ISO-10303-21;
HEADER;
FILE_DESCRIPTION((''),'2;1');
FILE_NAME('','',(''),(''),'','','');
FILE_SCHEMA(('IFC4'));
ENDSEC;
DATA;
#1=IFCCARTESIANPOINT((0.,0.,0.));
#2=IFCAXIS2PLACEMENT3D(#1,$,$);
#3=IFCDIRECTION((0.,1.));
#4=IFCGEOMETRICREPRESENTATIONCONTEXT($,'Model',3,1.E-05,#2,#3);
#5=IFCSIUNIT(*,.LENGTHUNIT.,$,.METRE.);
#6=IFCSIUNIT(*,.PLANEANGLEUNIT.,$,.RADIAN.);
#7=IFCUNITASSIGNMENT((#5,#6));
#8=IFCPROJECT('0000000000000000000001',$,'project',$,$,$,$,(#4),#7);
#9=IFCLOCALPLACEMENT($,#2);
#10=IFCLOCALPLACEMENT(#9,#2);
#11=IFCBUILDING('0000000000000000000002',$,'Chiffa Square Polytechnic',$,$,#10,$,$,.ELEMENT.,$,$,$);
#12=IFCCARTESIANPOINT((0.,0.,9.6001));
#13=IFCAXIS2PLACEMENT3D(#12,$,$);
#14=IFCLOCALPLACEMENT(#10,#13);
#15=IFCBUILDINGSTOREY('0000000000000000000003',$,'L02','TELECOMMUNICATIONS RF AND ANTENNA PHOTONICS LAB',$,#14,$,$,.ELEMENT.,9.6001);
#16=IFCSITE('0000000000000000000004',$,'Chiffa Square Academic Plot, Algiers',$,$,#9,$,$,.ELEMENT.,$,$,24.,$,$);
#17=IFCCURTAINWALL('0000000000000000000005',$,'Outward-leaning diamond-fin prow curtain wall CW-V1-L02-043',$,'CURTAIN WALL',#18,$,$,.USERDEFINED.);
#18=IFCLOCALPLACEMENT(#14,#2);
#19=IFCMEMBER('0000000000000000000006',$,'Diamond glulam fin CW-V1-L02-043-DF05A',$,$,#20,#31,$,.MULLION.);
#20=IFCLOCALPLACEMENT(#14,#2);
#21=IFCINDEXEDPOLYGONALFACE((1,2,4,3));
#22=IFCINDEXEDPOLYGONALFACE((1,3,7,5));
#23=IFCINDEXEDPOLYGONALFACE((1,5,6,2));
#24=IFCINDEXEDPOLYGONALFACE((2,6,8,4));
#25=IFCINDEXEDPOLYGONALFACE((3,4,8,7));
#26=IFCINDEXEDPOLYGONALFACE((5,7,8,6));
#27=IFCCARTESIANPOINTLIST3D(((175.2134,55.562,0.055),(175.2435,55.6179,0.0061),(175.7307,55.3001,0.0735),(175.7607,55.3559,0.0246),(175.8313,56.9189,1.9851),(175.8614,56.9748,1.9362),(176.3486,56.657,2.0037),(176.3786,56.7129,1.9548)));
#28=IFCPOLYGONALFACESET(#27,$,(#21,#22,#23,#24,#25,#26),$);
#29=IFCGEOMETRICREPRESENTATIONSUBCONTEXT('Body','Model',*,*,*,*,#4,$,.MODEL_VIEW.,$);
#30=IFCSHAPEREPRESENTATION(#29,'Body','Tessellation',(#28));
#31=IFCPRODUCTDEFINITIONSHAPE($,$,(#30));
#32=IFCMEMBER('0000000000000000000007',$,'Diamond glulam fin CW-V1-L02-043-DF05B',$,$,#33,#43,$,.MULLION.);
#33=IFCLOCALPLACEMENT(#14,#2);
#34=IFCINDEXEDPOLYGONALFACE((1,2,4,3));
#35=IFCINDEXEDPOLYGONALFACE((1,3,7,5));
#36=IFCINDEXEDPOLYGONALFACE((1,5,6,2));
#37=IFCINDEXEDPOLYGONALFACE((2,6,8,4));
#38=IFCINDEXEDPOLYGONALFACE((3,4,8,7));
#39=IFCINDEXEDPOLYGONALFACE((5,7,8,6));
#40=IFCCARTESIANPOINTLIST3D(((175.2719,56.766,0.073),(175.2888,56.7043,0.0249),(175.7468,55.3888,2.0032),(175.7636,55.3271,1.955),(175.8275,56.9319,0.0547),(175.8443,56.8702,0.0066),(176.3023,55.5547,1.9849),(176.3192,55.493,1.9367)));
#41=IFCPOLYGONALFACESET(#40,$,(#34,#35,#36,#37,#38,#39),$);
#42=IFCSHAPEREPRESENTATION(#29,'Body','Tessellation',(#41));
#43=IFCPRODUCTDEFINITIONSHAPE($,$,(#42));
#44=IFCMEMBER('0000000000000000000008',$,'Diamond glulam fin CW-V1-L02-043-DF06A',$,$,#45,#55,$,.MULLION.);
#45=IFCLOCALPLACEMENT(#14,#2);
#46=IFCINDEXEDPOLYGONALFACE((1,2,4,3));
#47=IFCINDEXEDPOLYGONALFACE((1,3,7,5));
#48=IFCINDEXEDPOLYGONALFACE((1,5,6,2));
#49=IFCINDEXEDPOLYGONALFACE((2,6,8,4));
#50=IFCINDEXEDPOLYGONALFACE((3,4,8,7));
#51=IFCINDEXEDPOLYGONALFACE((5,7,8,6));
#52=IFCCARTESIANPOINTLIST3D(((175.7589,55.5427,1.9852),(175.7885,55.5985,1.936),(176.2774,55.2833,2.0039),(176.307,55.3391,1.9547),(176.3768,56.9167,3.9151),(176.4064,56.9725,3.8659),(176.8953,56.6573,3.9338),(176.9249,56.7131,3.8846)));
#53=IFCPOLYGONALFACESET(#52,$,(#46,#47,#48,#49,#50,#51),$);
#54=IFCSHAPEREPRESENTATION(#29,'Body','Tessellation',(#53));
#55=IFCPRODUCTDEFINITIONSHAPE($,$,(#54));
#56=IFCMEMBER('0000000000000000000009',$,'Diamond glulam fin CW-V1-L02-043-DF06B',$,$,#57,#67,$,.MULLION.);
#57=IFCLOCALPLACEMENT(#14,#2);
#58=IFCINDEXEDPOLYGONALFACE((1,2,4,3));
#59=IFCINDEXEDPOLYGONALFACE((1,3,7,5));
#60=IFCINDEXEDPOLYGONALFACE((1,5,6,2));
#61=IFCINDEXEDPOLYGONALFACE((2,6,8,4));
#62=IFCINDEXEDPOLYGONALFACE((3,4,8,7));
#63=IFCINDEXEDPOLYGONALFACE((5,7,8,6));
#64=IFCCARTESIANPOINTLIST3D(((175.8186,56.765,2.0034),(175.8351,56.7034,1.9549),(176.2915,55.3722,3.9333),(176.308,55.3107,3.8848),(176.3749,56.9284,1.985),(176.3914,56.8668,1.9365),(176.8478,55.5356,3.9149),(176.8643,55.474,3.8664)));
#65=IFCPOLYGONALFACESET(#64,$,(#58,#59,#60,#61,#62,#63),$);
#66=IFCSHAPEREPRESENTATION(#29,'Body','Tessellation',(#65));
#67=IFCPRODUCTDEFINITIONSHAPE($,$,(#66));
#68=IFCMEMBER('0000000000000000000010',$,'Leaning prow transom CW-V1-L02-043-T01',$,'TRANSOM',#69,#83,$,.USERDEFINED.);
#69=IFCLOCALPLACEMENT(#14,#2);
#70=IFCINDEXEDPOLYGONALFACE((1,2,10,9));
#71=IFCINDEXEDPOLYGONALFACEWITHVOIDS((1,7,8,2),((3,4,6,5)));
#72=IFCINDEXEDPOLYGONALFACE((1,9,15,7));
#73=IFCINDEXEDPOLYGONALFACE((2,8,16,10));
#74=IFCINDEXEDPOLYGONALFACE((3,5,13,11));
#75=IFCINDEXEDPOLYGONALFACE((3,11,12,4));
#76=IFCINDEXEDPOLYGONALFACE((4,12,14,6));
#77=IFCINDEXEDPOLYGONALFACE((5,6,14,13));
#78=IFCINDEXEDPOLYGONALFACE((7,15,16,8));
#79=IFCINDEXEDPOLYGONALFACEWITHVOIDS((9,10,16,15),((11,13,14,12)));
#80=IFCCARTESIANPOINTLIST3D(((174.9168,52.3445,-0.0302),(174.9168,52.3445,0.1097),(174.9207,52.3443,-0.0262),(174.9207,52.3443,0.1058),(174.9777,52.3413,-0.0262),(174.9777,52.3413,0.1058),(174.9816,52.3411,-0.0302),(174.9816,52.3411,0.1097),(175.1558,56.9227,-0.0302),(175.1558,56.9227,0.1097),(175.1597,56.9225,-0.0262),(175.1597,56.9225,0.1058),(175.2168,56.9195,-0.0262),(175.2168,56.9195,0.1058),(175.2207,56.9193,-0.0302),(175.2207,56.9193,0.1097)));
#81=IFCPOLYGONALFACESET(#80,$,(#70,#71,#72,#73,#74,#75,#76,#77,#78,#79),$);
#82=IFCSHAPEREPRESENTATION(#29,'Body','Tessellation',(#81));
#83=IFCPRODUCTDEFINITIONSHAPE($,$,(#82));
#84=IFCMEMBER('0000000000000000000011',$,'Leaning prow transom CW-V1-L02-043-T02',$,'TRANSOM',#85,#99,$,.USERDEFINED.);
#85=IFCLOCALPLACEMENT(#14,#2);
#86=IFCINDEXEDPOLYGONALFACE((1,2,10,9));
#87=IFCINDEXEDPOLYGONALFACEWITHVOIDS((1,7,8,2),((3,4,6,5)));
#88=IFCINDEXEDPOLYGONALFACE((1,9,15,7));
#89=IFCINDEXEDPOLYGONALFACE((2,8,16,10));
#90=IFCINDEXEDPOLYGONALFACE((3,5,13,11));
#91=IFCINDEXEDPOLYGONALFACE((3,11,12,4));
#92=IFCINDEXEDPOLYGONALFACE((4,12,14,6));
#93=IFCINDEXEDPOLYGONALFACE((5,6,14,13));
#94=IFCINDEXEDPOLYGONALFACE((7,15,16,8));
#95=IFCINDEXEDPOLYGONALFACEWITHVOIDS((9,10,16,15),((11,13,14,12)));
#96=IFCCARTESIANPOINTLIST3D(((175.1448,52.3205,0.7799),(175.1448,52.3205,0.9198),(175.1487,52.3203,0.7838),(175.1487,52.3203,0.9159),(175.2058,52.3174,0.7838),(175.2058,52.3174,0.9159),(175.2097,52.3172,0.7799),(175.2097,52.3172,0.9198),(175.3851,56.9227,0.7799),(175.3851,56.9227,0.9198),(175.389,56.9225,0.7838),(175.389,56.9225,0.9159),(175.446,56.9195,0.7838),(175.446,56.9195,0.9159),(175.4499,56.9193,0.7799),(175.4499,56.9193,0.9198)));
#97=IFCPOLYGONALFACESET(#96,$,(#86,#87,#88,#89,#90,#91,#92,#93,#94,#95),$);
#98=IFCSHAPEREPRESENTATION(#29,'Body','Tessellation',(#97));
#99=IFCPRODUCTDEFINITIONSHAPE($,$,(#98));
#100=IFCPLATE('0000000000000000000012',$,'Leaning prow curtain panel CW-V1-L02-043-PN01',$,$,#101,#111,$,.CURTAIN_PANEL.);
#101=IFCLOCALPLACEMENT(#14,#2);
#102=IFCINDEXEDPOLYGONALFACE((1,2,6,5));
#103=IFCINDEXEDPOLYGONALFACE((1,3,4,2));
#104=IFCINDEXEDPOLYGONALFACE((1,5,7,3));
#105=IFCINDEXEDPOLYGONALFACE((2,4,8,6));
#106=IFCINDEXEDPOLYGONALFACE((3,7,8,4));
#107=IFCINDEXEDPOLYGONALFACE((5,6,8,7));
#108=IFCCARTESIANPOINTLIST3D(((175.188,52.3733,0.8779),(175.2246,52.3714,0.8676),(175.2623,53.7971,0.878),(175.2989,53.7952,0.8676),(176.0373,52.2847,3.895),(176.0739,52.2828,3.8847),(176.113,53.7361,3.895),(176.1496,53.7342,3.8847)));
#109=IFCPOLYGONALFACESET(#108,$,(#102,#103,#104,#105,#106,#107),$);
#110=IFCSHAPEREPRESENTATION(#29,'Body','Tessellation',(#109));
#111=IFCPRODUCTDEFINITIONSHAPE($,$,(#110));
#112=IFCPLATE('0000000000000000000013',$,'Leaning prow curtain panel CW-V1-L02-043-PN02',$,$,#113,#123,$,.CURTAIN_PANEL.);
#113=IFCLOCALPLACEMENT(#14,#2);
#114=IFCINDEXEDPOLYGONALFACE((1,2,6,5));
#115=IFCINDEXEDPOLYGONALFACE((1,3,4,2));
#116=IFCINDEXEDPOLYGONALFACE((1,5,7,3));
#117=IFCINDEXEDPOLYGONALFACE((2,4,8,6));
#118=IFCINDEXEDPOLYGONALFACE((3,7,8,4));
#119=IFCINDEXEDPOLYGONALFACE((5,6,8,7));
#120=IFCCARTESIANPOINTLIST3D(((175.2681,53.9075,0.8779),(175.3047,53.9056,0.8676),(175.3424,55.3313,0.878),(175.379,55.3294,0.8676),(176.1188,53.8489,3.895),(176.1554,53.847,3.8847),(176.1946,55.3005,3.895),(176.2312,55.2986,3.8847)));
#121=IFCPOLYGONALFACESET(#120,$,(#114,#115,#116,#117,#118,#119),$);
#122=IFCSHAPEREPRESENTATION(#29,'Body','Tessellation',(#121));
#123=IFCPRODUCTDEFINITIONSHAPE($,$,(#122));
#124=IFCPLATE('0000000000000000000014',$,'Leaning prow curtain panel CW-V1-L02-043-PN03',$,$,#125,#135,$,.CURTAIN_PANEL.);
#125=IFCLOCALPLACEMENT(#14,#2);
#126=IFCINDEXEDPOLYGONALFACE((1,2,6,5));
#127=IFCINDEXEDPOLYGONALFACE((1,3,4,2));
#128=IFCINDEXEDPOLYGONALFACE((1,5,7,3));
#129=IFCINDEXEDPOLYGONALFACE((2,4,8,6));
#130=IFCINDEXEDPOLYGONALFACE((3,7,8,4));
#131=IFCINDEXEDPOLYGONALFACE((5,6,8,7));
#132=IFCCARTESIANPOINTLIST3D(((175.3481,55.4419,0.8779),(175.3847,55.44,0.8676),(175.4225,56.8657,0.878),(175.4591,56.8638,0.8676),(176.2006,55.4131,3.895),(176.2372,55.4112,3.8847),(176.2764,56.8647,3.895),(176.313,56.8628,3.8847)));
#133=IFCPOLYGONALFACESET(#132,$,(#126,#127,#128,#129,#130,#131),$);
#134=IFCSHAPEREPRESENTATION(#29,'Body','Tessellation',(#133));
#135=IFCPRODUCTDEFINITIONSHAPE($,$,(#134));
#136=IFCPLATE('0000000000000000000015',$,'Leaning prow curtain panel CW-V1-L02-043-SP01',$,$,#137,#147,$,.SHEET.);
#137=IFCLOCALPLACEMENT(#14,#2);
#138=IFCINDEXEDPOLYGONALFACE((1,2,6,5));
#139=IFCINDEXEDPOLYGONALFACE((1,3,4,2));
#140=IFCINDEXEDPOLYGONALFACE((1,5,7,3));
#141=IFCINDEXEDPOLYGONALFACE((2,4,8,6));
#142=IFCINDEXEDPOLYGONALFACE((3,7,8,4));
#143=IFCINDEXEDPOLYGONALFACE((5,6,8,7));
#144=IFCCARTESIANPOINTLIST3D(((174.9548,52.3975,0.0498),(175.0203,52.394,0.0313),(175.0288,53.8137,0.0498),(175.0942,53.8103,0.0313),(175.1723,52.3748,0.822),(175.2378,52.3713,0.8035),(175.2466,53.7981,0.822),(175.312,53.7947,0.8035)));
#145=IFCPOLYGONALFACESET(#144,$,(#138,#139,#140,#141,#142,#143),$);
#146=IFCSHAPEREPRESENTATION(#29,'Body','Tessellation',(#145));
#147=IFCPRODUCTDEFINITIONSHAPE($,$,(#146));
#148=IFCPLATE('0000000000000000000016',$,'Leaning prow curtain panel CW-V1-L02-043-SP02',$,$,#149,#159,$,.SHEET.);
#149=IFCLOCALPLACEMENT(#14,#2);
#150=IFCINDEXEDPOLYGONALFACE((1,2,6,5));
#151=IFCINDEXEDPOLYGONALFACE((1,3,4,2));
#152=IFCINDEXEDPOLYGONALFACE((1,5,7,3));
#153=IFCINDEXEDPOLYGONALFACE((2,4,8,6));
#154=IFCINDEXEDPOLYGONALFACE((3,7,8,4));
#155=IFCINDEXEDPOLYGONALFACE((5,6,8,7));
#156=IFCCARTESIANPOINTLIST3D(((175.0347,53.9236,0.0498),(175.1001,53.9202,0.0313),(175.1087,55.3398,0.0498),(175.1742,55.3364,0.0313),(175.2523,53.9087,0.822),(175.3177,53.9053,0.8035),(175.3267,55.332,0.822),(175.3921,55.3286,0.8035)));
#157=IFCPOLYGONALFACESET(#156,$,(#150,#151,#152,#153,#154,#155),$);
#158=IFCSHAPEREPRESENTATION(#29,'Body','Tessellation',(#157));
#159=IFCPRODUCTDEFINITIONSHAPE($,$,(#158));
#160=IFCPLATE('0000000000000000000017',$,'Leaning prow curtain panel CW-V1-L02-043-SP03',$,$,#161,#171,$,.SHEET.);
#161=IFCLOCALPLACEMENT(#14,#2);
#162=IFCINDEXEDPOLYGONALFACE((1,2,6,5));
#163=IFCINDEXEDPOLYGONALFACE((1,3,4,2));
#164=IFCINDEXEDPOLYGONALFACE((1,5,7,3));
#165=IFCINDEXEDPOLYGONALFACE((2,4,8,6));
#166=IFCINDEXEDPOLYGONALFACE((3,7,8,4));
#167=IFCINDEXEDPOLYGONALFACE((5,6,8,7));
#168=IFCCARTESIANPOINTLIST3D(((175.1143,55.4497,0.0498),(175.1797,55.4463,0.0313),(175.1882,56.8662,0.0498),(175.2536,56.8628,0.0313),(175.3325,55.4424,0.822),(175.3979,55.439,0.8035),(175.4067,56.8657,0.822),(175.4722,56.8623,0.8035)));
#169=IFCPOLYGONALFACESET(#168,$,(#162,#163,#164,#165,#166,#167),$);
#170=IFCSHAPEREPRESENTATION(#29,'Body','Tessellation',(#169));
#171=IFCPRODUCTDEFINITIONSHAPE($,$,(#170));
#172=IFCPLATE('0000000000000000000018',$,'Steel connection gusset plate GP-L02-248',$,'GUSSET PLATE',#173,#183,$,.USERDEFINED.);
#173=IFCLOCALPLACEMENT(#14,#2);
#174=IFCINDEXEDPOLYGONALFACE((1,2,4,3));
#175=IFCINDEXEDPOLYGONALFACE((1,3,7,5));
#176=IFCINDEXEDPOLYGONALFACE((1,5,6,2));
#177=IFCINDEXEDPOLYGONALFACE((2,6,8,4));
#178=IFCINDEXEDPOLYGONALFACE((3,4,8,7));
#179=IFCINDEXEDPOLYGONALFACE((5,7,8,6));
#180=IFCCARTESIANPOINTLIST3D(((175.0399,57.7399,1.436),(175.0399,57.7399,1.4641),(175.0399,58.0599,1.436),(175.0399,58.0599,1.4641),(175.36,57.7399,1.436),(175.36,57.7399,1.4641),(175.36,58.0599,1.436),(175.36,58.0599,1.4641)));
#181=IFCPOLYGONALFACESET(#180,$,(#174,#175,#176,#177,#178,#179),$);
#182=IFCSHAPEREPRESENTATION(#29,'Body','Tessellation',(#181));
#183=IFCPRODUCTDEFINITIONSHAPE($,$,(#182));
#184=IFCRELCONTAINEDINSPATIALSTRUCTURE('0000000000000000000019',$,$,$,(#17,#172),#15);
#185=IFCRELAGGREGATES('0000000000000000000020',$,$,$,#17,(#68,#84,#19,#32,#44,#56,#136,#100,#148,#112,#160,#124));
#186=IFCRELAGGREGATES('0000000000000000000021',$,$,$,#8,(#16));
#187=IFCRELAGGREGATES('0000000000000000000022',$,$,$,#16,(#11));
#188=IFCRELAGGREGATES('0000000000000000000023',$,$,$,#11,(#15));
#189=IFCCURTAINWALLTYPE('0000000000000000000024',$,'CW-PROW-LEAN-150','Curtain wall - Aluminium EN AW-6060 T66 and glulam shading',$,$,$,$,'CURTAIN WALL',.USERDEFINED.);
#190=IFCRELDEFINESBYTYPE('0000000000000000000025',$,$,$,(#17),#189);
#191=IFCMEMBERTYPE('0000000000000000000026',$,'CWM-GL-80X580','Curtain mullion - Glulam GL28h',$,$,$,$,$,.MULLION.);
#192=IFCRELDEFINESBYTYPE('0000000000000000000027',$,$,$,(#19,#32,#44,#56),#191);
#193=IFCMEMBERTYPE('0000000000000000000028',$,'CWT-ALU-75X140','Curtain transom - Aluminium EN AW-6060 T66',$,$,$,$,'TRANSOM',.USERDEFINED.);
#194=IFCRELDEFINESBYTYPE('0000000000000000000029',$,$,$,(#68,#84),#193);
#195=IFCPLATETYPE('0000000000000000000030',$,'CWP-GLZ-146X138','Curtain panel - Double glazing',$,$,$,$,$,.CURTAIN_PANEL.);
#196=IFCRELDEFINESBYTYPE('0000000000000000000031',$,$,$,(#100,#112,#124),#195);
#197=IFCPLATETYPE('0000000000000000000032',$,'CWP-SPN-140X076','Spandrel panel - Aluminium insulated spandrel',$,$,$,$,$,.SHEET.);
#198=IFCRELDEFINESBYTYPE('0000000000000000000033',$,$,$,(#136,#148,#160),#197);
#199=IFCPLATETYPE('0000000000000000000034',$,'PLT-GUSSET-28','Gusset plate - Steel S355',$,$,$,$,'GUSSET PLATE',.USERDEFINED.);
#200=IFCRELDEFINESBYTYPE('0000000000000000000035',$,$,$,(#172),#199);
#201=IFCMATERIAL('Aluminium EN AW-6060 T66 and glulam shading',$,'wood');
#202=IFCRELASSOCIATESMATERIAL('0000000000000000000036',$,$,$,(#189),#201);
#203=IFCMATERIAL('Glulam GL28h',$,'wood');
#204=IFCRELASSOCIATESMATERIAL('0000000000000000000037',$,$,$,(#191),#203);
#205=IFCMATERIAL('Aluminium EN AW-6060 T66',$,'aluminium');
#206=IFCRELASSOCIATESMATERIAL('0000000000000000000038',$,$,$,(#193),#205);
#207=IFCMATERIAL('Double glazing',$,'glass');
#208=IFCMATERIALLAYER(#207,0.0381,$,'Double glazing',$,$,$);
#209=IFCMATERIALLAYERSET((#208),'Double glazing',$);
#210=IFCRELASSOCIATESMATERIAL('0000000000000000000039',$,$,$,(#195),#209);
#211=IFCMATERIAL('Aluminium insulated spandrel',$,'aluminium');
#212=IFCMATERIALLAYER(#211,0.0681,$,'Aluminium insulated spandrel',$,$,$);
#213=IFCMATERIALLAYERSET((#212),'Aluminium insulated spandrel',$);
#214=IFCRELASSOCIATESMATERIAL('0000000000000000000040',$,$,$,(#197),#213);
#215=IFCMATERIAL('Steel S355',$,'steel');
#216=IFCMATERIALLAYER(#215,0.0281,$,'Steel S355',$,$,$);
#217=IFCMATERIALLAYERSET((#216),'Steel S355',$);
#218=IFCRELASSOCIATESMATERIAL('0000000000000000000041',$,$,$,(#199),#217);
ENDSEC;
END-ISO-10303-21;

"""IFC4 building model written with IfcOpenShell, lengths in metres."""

from ifc_helpers import new_model, si_unit, direction, frame, origin, origin_2d, place, context, subcontext, project, spatial, polyline, rectangle, hollow_rectangle, outline, extrude, material, layer, layer_set, material_profile, profile_set, type_object, element, aggregate, save


model = new_model("IFC4")

# Units and contexts
model_context = context("Model", 3, precision=1e-05, world=origin(), true_north=direction((0.0, 1.0)))
body_context = subcontext(model_context, "Body", "Model", "MODEL_VIEW")
ifc_project = project(units=[si_unit("LENGTHUNIT", "METRE"), si_unit("PLANEANGLEUNIT", "RADIAN")], contexts=[model_context])

# Site, building, storey
site_placement = place(None, origin())
site = spatial("IfcSite", under=ifc_project, at=site_placement, Name="Chiffa Square Academic Plot, Algiers", CompositionType="ELEMENT", RefElevation=24.0)
building_placement = place(site_placement, origin())
building = spatial("IfcBuilding", under=site, at=building_placement, Name="Chiffa Square Polytechnic", CompositionType="ELEMENT")
storey_placement = place(building_placement, frame((0.0, 0.0, 9.6001)))
storey = spatial("IfcBuildingStorey", under=building, at=storey_placement, Name="L02", Description="TELECOMMUNICATIONS RF AND ANTENNA PHOTONICS LAB", CompositionType="ELEMENT", Elevation=9.6001)

# Curtain wall, members, plates
ifc_material_1 = material(Name="Aluminium EN AW-6060 T66 and glulam shading", Category="wood")
curtain_wall_type = type_object("IfcCurtainWallType", Name="CW-PROW-LEAN-150", Description="Curtain wall - Aluminium EN AW-6060 T66 and glulam shading", ElementType="CURTAIN WALL", PredefinedType="USERDEFINED", material=ifc_material_1)
curtain_wall_placement = place(storey_placement, origin())
curtain_wall = element("IfcCurtainWall", 1, at=curtain_wall_placement, inside=storey, type_object=curtain_wall_type, Name="Outward-leaning diamond-fin prow curtain wall CW-V1-L02-043", ObjectType="CURTAIN WALL", PredefinedType="USERDEFINED")
ifc_material_2 = material(Name="Aluminium EN AW-6060 T66", Category="aluminium")
ifc_material_3 = material(Name="Glulam GL28h", Category="wood")
ifc_material_profile_1 = material_profile(ifc_material_3, rectangle(XDim=0.0801, YDim=0.5801, at=origin_2d()), Name="GL28h 80x580")
ifc_profile_set_1 = profile_set([ifc_material_profile_1], Name="Glulam GL28h")
member_type_1 = type_object("IfcMemberType", Name="CWM-GL-80X580", Description="Curtain mullion - Glulam GL28h", PredefinedType="MULLION", material=ifc_profile_set_1)
member_1_placement = place(storey_placement, frame((175.4871, 55.459, 0.0398), z_axis=(0.253351, 0.556351, 0.791383), x_axis=(-0.375155, -0.697546, 0.610483)))
member_1 = element("IfcMember", 2, at=member_1_placement, type_object=member_type_1, Name="Diamond glulam fin CW-V1-L02-043-DF05A", PredefinedType="MULLION", context=body_context, shape_type="SweptSolid", body=[
    extrude(rectangle(XDim=0.0801, YDim=0.5801, at=origin_2d()), origin(), (0.0, 0.0, 1.0), 2.439),
])
member_2_placement = place(storey_placement, frame((175.5581, 56.8181, 0.0398), z_axis=(0.196366, -0.569511, 0.798184), x_axis=(-0.210346, 0.770614, 0.601588)))
member_2 = element("IfcMember", 3, at=member_2_placement, type_object=member_type_1, Name="Diamond glulam fin CW-V1-L02-043-DF05B", PredefinedType="MULLION", context=body_context, shape_type="SweptSolid", body=[
    extrude(rectangle(XDim=0.0801, YDim=0.5801, at=origin_2d()), origin(), (0.0, 0.0, 1.0), 2.4182),
])
member_3_placement = place(storey_placement, frame((176.033, 55.4409, 1.97), z_axis=(0.252383, 0.561205, 0.788259), x_axis=(-0.370592, -0.696456, 0.6145)))
member_3 = element("IfcMember", 4, at=member_3_placement, type_object=member_type_1, Name="Diamond glulam fin CW-V1-L02-043-DF06A", PredefinedType="MULLION", context=body_context, shape_type="SweptSolid", body=[
    extrude(rectangle(XDim=0.0801, YDim=0.5801, at=origin_2d()), origin(), (0.0, 0.0, 1.0), 2.4482),
])
member_4_placement = place(storey_placement, frame((176.105, 56.8159, 1.97), z_axis=(0.194885, -0.573989, 0.795334), x_axis=(-0.205793, 0.768903, 0.60534)))
member_4 = element("IfcMember", 5, at=member_4_placement, type_object=member_type_1, Name="Diamond glulam fin CW-V1-L02-043-DF06B", PredefinedType="MULLION", context=body_context, shape_type="SweptSolid", body=[
    extrude(rectangle(XDim=0.0801, YDim=0.5801, at=origin_2d()), origin(), (0.0, 0.0, 1.0), 2.4265),
])
ifc_material_profile_2 = material_profile(ifc_material_2, hollow_rectangle(XDim=0.0649, YDim=0.1399, WallThickness=0.0039, at=origin_2d()), Name="ALU 65x140x4")
ifc_profile_set_2 = profile_set([ifc_material_profile_2], Name="Aluminium EN AW-6060 T66")
member_type_2 = type_object("IfcMemberType", Name="CWT-ALU-75X140", Description="Curtain transom - Aluminium EN AW-6060 T66", ElementType="TRANSOM", PredefinedType="USERDEFINED", material=ifc_profile_set_2)
member_5_placement = place(storey_placement, frame((174.9492, 52.3428, 0.0398), z_axis=(0.052137, 0.99864, 0.0), x_axis=(-0.99864, 0.052137, 0.0)))
member_5 = element("IfcMember", 6, at=member_5_placement, type_object=member_type_2, Name="Leaning prow transom CW-V1-L02-043-T01", ObjectType="TRANSOM", PredefinedType="USERDEFINED", context=body_context, shape_type="SweptSolid", body=[
    extrude(hollow_rectangle(XDim=0.0649, YDim=0.1399, WallThickness=0.0039, at=origin_2d()), origin(), (0.0, 0.0, 1.0), 4.5845),
])
member_6_placement = place(storey_placement, frame((175.1772, 52.3188, 0.8499), z_axis=(0.052131, 0.99864, 0.0), x_axis=(-0.99864, 0.052131, 0.0)))
member_6 = element("IfcMember", 7, at=member_6_placement, type_object=member_type_2, Name="Leaning prow transom CW-V1-L02-043-T02", ObjectType="TRANSOM", PredefinedType="USERDEFINED", context=body_context, shape_type="SweptSolid", body=[
    extrude(hollow_rectangle(XDim=0.0649, YDim=0.1399, WallThickness=0.0039, at=origin_2d()), origin(), (0.0, 0.0, 1.0), 4.6084),
])
ifc_material_4 = material(Name="Double glazing", Category="glass")
ifc_layer_1 = layer(ifc_material_4, 0.0381, Name="Double glazing")
ifc_layer_set_1 = layer_set([ifc_layer_1], Name="Double glazing")
plate_type_1 = type_object("IfcPlateType", Name="CWP-GLZ-146X138", Description="Curtain panel - Double glazing", PredefinedType="CURTAIN_PANEL", material=ifc_layer_set_1)
plate_1_placement = place(storey_placement, frame((175.188, 52.3733, 0.8779), z_axis=(-0.960995, 0.050184, 0.271976), x_axis=(0.052155, 0.998639, 0.00002)))
plate_1 = element("IfcPlate", 8, at=plate_1_placement, type_object=plate_type_1, Name="Leaning prow curtain panel CW-V1-L02-043-PN01", PredefinedType="CURTAIN_PANEL", context=body_context, shape_type="SweptSolid", body=[
    extrude(outline(polyline([(0.0, 0.0), (1.4258, 0.0), (1.4092, -3.1352), (-0.0441, -3.1353), (0.0, 0.0)])), origin(), (0.0, 0.0, -1.0), 0.0381),
])
plate_2_placement = place(storey_placement, frame((175.2681, 53.9075, 0.8779), z_axis=(-0.961004, 0.05018, 0.271944), x_axis=(0.052151, 0.998639, 0.000021)))
plate_2 = element("IfcPlate", 9, at=plate_2_placement, type_object=plate_type_1, Name="Leaning prow curtain panel CW-V1-L02-043-PN02", PredefinedType="CURTAIN_PANEL", context=body_context, shape_type="SweptSolid", body=[
    extrude(outline(polyline([(0.0, 0.0), (1.4258, 0.0), (1.4396, -3.1352), (-0.0141, -3.1353), (0.0, 0.0)])), origin(), (0.0, 0.0, -1.0), 0.0381),
])
plate_3_placement = place(storey_placement, frame((175.3481, 55.4419, 0.8779), z_axis=(-0.960991, 0.050179, 0.271989), x_axis=(0.052151, 0.998639, 0.000021)))
plate_3 = element("IfcPlate", 10, at=plate_3_placement, type_object=plate_type_1, Name="Leaning prow curtain panel CW-V1-L02-043-PN03", PredefinedType="CURTAIN_PANEL", context=body_context, shape_type="SweptSolid", body=[
    extrude(outline(polyline([(0.0, 0.0), (1.4258, 0.0), (1.4694, -3.1353), (0.0158, -3.1353), (0.0, 0.0)])), origin(), (0.0, 0.0, -1.0), 0.0381),
])
ifc_material_5 = material(Name="Aluminium insulated spandrel", Category="aluminium")
ifc_layer_2 = layer(ifc_material_5, 0.0681, Name="Aluminium insulated spandrel")
ifc_layer_set_2 = layer_set([ifc_layer_2], Name="Aluminium insulated spandrel")
plate_type_2 = type_object("IfcPlateType", Name="CWP-SPN-140X076", Description="Spandrel panel - Aluminium insulated spandrel", PredefinedType="SHEET", material=ifc_layer_set_2)
plate_4_placement = place(storey_placement, frame((174.9548, 52.3975, 0.0498), z_axis=(-0.960963, 0.050151, 0.272095), x_axis=(0.05212, 0.998641, 0.000012)))
plate_4 = element("IfcPlate", 11, at=plate_4_placement, type_object=plate_type_2, Name="Leaning prow curtain panel CW-V1-L02-043-SP01", PredefinedType="SHEET", context=body_context, shape_type="SweptSolid", body=[
    extrude(outline(polyline([(0.0, 0.0), (1.4182, 0.0), (1.4139, -0.8025), (-0.0113, -0.8025), (0.0, 0.0)])), origin(), (0.0, 0.0, -1.0), 0.0681),
])
plate_5_placement = place(storey_placement, frame((175.0347, 53.9236, 0.0498), z_axis=(-0.961051, 0.050238, 0.271765), x_axis=(0.0522, 0.998637, -0.000011)))
plate_5 = element("IfcPlate", 12, at=plate_5_placement, type_object=plate_type_2, Name="Leaning prow curtain panel CW-V1-L02-043-SP02", PredefinedType="SHEET", context=body_context, shape_type="SweptSolid", body=[
    extrude(outline(polyline([(0.0, 0.0), (1.4182, 0.0), (1.4218, -0.8024), (-0.0035, -0.8024), (0.0, 0.0)])), origin(), (0.0, 0.0, -1.0), 0.0681),
])
plate_6_placement = place(storey_placement, frame((175.1143, 55.4497, 0.0498), z_axis=(-0.960984, 0.050148, 0.272021), x_axis=(0.052116, 0.998641, 0.00001)))
plate_6 = element("IfcPlate", 13, at=plate_6_placement, type_object=plate_type_2, Name="Leaning prow curtain panel CW-V1-L02-043-SP03", PredefinedType="SHEET", context=body_context, shape_type="SweptSolid", body=[
    extrude(outline(polyline([(0.0, 0.0), (1.4184, 0.0), (1.4293, -0.8025), (0.0041, -0.8025), (0.0, 0.0)])), origin(), (0.0, 0.0, -1.0), 0.0681),
])
aggregate(curtain_wall, [member_5, member_6, member_1, member_2, member_3, member_4, plate_4, plate_1, plate_5, plate_2, plate_6, plate_3])

# Plate
ifc_material_6 = material(Name="Steel S355", Category="steel")
ifc_layer_3 = layer(ifc_material_6, 0.0281, Name="Steel S355")
ifc_layer_set_3 = layer_set([ifc_layer_3], Name="Steel S355")
plate_type_3 = type_object("IfcPlateType", Name="PLT-GUSSET-28", Description="Gusset plate - Steel S355", ElementType="GUSSET PLATE", PredefinedType="USERDEFINED", material=ifc_layer_set_3)
plate_7_placement = place(storey_placement, frame((175.2, 57.8999, 1.436), z_axis=(0.0, 0.0, 1.0), x_axis=(1.0, 0.0, 0.0)))
element("IfcPlate", 14, at=plate_7_placement, inside=storey, type_object=plate_type_3, Name="Steel connection gusset plate GP-L02-248", ObjectType="GUSSET PLATE", PredefinedType="USERDEFINED", context=body_context, shape_type="SweptSolid", body=[
    extrude(rectangle(XDim=0.3201, YDim=0.3201, at=origin_2d()), origin(), (0.0, 0.0, 1.0), 0.0281),
])

save(model, "model.ifc")
